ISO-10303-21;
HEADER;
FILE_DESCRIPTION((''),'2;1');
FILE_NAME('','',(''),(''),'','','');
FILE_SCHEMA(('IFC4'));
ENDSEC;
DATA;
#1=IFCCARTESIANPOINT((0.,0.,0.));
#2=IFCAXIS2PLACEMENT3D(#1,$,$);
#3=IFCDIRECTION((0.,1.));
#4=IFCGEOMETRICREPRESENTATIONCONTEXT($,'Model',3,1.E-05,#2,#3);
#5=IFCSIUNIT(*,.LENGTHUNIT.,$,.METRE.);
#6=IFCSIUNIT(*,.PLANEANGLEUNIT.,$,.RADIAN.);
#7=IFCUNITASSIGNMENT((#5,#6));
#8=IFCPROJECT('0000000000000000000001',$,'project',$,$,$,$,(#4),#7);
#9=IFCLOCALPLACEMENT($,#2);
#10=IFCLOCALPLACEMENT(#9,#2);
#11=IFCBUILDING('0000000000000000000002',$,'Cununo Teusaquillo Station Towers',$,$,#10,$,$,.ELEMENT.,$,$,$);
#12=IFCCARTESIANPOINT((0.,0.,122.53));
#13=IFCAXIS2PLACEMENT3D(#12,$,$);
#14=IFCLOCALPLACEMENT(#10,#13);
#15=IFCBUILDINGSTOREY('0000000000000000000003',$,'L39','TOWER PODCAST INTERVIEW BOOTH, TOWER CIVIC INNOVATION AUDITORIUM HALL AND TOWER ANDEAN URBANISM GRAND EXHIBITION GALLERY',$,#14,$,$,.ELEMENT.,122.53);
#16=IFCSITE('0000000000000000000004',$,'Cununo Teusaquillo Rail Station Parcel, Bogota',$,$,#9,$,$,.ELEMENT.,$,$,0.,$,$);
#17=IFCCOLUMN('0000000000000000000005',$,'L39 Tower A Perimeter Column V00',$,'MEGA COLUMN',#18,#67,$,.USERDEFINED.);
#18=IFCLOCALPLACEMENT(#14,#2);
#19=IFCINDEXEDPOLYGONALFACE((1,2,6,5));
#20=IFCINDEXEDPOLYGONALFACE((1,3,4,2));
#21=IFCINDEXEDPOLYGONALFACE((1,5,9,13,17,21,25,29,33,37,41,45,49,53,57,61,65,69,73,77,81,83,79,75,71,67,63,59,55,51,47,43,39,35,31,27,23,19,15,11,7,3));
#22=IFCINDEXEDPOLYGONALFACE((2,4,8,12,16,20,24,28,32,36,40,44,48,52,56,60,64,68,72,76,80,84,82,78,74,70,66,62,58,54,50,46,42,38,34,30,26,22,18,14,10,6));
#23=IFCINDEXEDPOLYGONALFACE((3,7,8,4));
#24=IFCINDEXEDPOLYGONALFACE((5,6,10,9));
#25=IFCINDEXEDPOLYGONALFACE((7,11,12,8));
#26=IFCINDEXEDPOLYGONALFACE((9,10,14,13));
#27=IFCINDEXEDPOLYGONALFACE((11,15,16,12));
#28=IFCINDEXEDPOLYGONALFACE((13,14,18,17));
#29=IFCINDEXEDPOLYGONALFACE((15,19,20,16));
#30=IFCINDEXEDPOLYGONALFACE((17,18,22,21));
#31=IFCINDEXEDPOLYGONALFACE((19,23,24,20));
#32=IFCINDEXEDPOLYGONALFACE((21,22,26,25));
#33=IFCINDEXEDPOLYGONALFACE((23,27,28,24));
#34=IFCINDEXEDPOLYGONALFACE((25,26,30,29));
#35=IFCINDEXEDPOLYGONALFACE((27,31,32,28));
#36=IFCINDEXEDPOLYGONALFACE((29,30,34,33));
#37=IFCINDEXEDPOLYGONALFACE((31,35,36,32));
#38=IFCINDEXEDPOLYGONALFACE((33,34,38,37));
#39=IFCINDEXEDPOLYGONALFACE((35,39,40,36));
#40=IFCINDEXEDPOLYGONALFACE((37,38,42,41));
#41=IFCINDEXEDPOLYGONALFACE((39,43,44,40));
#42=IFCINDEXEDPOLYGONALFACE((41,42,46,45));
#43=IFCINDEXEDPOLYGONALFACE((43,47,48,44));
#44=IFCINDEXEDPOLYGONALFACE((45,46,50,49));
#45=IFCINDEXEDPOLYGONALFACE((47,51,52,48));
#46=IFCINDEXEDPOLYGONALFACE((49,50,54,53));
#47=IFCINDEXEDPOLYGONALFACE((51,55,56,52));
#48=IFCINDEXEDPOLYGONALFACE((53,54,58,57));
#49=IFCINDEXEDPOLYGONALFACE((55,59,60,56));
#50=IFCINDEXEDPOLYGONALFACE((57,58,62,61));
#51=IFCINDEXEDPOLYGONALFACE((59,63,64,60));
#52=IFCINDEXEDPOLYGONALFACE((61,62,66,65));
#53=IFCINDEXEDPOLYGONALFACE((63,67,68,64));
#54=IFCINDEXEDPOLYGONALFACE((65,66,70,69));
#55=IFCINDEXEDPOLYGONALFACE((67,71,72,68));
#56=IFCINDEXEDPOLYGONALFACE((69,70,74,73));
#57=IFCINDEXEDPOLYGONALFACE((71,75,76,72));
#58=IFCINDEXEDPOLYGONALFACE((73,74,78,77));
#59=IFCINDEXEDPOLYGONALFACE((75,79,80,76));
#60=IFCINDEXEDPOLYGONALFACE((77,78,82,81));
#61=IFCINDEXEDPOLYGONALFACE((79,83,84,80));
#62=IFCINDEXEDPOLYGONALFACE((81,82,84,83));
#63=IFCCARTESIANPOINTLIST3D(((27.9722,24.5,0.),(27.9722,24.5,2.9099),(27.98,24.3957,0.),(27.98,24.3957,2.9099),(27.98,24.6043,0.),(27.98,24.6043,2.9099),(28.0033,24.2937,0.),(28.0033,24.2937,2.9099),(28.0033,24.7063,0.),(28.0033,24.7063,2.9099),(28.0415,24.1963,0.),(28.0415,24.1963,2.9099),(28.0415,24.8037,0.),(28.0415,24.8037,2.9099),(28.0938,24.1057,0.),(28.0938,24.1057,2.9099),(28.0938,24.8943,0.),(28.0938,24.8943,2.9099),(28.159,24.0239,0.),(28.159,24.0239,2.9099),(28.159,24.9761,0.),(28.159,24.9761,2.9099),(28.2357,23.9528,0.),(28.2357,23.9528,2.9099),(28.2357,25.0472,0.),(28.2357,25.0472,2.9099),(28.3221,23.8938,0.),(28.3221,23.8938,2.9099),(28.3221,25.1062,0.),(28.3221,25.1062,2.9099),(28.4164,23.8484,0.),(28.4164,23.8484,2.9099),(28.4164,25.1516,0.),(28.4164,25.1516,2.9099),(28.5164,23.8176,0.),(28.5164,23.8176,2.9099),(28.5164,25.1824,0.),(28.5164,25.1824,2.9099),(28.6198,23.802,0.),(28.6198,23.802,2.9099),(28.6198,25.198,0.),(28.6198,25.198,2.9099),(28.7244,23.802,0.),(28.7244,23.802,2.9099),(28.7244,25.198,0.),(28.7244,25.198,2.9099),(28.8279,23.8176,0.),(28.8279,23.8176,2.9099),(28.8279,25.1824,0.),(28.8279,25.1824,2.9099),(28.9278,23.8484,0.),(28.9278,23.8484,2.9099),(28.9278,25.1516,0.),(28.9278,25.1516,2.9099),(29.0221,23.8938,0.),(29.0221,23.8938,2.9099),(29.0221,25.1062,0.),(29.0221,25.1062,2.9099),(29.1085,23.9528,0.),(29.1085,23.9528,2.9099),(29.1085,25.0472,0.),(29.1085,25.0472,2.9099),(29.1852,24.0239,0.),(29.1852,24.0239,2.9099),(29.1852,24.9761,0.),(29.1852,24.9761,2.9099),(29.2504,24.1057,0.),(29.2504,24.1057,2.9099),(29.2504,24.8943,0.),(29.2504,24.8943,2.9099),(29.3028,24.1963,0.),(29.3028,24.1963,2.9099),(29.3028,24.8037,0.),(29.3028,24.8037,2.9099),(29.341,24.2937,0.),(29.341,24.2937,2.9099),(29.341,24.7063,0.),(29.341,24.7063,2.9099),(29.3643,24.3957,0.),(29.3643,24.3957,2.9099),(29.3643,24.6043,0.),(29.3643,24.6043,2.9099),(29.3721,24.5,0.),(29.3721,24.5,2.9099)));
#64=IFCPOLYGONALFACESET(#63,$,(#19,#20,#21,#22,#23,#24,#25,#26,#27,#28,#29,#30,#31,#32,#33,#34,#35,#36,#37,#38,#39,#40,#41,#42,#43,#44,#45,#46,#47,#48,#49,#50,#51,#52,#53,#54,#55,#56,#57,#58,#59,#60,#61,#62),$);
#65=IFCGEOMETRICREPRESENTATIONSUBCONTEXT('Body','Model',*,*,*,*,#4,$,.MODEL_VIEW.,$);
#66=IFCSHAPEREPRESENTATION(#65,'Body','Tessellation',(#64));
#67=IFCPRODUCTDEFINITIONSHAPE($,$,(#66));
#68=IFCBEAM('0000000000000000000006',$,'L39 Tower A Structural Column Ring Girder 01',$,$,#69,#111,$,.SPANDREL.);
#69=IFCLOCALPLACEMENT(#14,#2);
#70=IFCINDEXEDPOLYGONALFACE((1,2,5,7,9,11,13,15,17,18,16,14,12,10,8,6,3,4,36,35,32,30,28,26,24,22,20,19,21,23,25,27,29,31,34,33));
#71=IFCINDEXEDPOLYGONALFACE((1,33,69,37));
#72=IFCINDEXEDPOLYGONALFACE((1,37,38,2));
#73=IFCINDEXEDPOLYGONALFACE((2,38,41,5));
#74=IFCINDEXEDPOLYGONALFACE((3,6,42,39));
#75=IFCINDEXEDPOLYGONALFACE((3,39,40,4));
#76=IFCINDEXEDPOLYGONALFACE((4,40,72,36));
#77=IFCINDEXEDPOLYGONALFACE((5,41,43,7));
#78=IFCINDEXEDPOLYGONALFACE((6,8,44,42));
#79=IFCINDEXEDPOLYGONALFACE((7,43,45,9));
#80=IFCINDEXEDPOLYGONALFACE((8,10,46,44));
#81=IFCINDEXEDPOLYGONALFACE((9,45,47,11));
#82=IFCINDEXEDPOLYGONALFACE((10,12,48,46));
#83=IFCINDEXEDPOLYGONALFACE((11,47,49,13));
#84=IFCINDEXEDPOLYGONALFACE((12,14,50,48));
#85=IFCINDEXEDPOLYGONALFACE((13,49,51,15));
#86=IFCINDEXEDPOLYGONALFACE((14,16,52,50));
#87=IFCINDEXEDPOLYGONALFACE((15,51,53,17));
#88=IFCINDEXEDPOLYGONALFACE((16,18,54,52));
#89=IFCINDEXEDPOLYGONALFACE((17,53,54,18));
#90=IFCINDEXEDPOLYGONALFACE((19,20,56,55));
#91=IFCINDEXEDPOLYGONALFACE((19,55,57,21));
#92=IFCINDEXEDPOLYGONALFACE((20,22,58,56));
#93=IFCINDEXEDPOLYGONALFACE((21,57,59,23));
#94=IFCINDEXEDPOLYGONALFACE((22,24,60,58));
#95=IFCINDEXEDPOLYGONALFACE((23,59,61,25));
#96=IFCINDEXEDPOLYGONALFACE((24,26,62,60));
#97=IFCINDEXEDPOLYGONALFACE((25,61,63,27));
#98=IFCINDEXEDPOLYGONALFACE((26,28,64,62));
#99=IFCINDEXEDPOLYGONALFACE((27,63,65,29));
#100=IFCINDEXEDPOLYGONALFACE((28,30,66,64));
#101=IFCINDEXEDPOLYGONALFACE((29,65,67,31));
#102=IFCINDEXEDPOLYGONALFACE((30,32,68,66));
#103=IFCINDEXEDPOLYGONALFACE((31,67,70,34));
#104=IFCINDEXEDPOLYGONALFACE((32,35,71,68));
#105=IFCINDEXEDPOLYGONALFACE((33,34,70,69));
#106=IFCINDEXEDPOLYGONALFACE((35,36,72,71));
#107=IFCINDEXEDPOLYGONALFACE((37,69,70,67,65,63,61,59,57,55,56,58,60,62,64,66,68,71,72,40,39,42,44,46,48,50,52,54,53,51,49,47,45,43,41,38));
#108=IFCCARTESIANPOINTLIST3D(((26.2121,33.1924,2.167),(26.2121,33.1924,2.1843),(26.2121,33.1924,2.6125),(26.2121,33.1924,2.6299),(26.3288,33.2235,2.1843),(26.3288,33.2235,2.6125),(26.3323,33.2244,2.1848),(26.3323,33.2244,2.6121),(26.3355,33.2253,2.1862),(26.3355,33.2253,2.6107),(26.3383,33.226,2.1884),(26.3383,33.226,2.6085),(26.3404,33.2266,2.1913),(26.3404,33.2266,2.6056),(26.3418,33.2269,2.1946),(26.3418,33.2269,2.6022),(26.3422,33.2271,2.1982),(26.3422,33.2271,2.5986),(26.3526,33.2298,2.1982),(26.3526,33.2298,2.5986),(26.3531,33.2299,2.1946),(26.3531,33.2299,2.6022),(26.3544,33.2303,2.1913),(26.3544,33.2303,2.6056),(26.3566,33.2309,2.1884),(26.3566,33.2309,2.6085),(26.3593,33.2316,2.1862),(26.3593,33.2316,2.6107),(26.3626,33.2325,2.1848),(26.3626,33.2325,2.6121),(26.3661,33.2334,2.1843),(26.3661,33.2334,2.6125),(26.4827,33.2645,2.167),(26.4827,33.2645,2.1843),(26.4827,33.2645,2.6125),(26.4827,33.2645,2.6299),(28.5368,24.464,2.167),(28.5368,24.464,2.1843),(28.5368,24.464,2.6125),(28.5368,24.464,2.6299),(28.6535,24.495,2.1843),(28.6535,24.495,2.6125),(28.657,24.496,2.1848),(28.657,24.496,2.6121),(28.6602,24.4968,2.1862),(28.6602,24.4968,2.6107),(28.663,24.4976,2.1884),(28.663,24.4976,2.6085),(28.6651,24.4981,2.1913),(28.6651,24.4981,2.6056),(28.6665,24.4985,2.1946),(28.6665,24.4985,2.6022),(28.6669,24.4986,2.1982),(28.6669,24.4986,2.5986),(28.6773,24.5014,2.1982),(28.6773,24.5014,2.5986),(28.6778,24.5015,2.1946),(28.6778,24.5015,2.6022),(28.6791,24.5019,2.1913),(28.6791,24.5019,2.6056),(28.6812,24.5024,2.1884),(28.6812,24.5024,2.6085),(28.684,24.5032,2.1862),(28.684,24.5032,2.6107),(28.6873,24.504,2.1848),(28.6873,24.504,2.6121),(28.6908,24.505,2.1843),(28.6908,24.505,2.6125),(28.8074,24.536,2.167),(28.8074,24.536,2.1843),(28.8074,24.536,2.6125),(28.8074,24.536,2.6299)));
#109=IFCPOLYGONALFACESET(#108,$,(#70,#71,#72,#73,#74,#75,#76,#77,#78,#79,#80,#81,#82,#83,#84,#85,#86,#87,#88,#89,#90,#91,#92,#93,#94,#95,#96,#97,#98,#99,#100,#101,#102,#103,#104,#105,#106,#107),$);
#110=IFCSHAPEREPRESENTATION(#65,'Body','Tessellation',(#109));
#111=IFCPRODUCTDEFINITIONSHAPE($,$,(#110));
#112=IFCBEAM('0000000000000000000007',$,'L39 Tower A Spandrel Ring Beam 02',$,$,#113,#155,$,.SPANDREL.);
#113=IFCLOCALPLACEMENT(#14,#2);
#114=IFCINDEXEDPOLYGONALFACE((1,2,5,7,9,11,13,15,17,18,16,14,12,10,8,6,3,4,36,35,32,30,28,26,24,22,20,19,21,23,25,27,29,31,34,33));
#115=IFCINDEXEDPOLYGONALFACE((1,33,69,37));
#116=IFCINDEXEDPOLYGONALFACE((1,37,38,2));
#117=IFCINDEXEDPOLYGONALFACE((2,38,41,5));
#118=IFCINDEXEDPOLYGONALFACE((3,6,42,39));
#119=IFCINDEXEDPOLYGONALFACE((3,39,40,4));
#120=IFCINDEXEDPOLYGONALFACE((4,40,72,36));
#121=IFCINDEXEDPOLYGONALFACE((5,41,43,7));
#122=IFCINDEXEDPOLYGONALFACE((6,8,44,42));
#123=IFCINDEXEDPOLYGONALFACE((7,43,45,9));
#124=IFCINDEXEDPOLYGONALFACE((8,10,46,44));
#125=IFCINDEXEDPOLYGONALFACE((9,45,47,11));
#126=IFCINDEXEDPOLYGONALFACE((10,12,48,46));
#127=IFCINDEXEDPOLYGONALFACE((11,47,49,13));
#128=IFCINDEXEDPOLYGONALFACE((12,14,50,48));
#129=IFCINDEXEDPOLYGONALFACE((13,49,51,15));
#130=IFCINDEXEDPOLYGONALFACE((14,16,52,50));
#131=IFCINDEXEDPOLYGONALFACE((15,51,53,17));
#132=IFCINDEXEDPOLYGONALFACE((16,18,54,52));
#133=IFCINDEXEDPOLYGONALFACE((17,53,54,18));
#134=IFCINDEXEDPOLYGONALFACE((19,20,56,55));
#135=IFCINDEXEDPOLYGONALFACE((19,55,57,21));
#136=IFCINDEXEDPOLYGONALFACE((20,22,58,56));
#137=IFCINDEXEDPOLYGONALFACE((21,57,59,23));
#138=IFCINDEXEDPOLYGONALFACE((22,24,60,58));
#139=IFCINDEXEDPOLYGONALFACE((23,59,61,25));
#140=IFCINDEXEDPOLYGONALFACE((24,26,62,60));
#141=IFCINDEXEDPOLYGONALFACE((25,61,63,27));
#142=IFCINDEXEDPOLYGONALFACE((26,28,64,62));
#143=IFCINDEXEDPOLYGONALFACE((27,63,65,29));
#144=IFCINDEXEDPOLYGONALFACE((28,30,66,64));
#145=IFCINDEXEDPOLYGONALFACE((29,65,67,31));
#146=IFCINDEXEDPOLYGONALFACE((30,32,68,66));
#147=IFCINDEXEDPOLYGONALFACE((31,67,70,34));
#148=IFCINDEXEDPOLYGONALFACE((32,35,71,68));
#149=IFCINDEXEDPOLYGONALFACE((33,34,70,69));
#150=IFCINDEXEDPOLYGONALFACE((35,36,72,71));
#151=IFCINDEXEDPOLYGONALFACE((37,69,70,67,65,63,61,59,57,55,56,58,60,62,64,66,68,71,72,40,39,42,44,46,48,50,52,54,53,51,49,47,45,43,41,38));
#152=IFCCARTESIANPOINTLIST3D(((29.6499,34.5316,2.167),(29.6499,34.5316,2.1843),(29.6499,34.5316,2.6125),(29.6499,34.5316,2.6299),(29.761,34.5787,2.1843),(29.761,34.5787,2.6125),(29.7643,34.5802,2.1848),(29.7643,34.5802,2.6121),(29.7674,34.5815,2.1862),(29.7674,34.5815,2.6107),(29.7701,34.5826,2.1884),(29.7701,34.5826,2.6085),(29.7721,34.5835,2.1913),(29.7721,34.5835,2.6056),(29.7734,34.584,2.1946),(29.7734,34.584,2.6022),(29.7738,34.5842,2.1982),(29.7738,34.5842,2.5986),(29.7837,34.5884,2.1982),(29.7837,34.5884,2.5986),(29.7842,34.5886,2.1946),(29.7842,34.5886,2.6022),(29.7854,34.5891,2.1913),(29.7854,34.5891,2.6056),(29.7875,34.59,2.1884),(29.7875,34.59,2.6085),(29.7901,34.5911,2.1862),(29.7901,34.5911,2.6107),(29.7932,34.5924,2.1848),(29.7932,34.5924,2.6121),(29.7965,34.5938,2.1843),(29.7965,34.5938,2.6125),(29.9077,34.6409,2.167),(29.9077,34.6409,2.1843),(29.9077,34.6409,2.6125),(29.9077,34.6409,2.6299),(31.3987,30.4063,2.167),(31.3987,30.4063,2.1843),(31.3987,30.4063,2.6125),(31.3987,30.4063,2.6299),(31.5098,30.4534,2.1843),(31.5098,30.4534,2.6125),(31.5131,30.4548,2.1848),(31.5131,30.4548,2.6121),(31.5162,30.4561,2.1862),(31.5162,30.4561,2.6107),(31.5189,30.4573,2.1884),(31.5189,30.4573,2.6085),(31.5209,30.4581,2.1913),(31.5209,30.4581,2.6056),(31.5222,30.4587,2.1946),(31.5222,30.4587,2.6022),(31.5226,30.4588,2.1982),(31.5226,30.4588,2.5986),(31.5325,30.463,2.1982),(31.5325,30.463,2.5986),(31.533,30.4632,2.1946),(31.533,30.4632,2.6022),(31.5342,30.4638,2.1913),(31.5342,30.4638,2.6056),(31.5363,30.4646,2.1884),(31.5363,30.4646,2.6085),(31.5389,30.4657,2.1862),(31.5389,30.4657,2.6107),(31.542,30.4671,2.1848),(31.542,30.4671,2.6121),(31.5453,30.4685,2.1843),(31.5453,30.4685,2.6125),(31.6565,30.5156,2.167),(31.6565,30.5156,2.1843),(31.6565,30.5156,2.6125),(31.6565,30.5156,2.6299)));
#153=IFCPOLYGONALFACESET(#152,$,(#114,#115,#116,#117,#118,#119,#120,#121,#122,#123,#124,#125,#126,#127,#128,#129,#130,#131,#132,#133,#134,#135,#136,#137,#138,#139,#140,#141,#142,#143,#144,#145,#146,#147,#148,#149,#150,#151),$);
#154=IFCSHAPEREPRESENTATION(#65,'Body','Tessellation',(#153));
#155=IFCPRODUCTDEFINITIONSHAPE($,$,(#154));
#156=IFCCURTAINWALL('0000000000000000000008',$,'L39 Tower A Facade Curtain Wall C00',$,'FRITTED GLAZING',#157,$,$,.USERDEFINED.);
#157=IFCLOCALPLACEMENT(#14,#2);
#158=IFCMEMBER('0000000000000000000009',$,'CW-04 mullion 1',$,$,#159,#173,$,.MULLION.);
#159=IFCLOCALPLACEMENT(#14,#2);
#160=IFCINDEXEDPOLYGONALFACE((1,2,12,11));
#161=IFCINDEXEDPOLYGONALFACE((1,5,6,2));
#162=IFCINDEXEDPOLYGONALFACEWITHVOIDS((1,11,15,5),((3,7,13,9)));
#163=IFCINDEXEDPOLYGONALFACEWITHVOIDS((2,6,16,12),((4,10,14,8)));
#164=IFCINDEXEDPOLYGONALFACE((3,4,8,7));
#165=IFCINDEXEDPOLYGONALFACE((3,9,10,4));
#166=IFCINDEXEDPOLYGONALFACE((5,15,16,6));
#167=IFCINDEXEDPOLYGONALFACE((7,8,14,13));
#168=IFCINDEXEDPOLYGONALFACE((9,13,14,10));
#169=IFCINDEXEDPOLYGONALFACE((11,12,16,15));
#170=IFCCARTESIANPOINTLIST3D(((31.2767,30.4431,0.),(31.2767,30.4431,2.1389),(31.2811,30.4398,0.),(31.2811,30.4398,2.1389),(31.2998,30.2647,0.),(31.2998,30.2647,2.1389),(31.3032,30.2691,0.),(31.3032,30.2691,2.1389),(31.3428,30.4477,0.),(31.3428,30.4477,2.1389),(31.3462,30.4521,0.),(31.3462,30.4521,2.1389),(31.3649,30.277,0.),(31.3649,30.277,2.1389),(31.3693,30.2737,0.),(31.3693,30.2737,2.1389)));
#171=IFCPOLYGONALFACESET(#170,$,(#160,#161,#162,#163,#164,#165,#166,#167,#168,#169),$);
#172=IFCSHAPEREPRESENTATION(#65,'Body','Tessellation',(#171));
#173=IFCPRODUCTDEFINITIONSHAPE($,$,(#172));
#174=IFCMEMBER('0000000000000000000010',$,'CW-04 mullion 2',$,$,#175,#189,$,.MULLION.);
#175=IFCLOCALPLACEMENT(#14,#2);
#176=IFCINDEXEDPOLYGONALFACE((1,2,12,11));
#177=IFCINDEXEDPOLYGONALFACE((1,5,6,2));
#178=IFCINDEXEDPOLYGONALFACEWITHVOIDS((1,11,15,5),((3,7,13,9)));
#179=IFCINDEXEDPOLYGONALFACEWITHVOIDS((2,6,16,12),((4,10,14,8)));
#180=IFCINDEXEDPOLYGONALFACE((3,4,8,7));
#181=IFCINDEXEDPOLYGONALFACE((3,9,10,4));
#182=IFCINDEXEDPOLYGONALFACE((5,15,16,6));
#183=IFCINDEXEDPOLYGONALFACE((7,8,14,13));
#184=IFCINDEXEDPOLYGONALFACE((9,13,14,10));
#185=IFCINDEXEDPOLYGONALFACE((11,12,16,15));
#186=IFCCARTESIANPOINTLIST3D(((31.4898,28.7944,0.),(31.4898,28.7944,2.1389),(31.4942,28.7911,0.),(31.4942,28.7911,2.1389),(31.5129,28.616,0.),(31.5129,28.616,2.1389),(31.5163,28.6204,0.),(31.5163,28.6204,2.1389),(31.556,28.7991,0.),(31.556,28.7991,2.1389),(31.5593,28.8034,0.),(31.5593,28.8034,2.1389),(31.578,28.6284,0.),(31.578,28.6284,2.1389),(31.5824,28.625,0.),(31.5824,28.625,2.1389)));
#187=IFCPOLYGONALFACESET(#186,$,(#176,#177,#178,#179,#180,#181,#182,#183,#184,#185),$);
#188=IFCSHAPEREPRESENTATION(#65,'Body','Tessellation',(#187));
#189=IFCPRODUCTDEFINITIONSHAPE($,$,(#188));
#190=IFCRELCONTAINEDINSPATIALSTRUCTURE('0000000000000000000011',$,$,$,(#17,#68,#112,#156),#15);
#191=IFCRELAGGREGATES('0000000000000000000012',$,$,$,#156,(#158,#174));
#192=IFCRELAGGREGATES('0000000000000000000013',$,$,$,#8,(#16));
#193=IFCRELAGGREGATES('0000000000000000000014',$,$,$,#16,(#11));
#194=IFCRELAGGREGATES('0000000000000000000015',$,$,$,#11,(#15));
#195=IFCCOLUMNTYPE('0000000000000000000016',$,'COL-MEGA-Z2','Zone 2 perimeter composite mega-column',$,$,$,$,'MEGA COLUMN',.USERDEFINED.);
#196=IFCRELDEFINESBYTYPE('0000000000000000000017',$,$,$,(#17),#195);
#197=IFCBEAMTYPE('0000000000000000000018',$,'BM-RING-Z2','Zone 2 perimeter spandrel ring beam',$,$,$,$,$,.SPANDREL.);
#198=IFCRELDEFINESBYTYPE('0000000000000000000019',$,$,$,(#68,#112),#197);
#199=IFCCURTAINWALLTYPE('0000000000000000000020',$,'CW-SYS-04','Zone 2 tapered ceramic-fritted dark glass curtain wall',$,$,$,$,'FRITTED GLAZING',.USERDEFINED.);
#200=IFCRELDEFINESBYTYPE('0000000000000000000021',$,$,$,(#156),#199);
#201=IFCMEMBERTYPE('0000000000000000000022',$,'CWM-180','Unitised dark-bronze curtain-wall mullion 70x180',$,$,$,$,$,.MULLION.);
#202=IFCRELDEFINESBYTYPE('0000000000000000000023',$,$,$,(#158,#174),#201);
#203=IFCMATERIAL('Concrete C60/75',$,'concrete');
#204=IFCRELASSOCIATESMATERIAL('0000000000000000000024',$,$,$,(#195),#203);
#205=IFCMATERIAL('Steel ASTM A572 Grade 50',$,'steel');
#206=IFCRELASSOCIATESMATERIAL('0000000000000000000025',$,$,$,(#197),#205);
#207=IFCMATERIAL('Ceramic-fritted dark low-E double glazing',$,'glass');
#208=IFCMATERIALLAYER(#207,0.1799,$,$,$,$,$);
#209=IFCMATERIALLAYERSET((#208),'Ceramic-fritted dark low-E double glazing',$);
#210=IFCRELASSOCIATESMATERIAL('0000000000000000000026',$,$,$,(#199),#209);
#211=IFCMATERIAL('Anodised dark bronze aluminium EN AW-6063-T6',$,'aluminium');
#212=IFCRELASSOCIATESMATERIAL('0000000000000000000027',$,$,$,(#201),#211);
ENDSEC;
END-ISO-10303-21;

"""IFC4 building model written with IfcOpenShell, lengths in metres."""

from ifc_helpers import new_model, si_unit, direction, frame, origin, origin_2d, place, context, subcontext, project, spatial, hollow_rectangle, circle, i_section, extrude, material, layer, layer_set, material_profile, profile_set, type_object, element, aggregate, save


model = new_model("IFC4")

# Units and contexts
model_context = context("Model", 3, precision=1e-05, world=origin(), true_north=direction((0.0, 1.0)))
body_context = subcontext(model_context, "Body", "Model", "MODEL_VIEW")
ifc_project = project(units=[si_unit("LENGTHUNIT", "METRE"), si_unit("PLANEANGLEUNIT", "RADIAN")], contexts=[model_context])

# Site, building, storey
site_placement = place(None, origin())
site = spatial("IfcSite", under=ifc_project, at=site_placement, Name="Cununo Teusaquillo Rail Station Parcel, Bogota", CompositionType="ELEMENT", RefElevation=0.0)
building_placement = place(site_placement, origin())
building = spatial("IfcBuilding", under=site, at=building_placement, Name="Cununo Teusaquillo Station Towers", CompositionType="ELEMENT")
storey_placement = place(building_placement, frame((0.0, 0.0, 122.53)))
storey = spatial("IfcBuildingStorey", under=building, at=storey_placement, Name="L39", Description="TOWER PODCAST INTERVIEW BOOTH, TOWER CIVIC INNOVATION AUDITORIUM HALL AND TOWER ANDEAN URBANISM GRAND EXHIBITION GALLERY", CompositionType="ELEMENT", Elevation=122.53)

# Column
ifc_material_1 = material(Name="Concrete C60/75", Category="concrete")
ifc_material_profile_1 = material_profile(ifc_material_1, circle(Radius=0.7, at=origin_2d()), Name="RC-CIRC-1400")
ifc_profile_set_1 = profile_set([ifc_material_profile_1], Name="Concrete C60/75")
column_type = type_object("IfcColumnType", Name="COL-MEGA-Z2", Description="Zone 2 perimeter composite mega-column", ElementType="MEGA COLUMN", PredefinedType="USERDEFINED", material=ifc_profile_set_1)
column_placement = place(storey_placement, frame((28.6721, 24.5, 0.0), z_axis=(0.0, 0.0, 1.0), x_axis=(1.0, 0.0, 0.0)))
element("IfcColumn", 1, at=column_placement, inside=storey, type_object=column_type, Name="L39 Tower A Perimeter Column V00", ObjectType="MEGA COLUMN", PredefinedType="USERDEFINED", context=body_context, shape_type="SweptSolid", body=[
    extrude(circle(Radius=0.7, at=origin_2d()), origin(), (0.0, 0.0, 1.0), 2.9099),
])

# Beams
ifc_material_2 = material(Name="Steel ASTM A572 Grade 50", Category="steel")
ifc_material_profile_2 = material_profile(ifc_material_2, i_section(OverallWidth=0.28, OverallDepth=0.4629, WebThickness=0.0107, FlangeThickness=0.0173, FilletRadius=0.0139, at=origin_2d()), Name="W18X76")
ifc_profile_set_2 = profile_set([ifc_material_profile_2], Name="Steel ASTM A572 Grade 50")
beam_type = type_object("IfcBeamType", Name="BM-RING-Z2", Description="Zone 2 perimeter spandrel ring beam", PredefinedType="SPANDREL", material=ifc_profile_set_2)
beam_1_placement = place(storey_placement, frame((28.6721, 24.5, 2.3984), z_axis=(-0.257363, 0.966315, 0.0), x_axis=(-0.966315, -0.257363, 0.0)))
element("IfcBeam", 2, at=beam_1_placement, inside=storey, type_object=beam_type, Name="L39 Tower A Structural Column Ring Girder 01", PredefinedType="SPANDREL", context=body_context, shape_type="SweptSolid", body=[
    extrude(i_section(OverallWidth=0.28, OverallDepth=0.4629, WebThickness=0.0107, FlangeThickness=0.0173, FilletRadius=0.0139, at=origin_2d()), origin(), (0.0, 0.0, 1.0), 9.0327),
])
beam_2_placement = place(storey_placement, frame((31.5276, 30.4609, 2.3984), z_axis=(-0.390299, 0.920688, 0.0), x_axis=(-0.920688, -0.390299, 0.0)))
element("IfcBeam", 3, at=beam_2_placement, inside=storey, type_object=beam_type, Name="L39 Tower A Spandrel Ring Beam 02", PredefinedType="SPANDREL", context=body_context, shape_type="SweptSolid", body=[
    extrude(i_section(OverallWidth=0.28, OverallDepth=0.4629, WebThickness=0.0107, FlangeThickness=0.0173, FilletRadius=0.0139, at=origin_2d()), origin(), (0.0, 0.0, 1.0), 4.4807),
])

# Curtain wall, members
ifc_material_3 = material(Name="Ceramic-fritted dark low-E double glazing", Category="glass")
ifc_layer_1 = layer(ifc_material_3, 0.1799)
ifc_layer_set_1 = layer_set([ifc_layer_1], Name="Ceramic-fritted dark low-E double glazing")
curtain_wall_type = type_object("IfcCurtainWallType", Name="CW-SYS-04", Description="Zone 2 tapered ceramic-fritted dark glass curtain wall", ElementType="FRITTED GLAZING", PredefinedType="USERDEFINED", material=ifc_layer_set_1)
curtain_wall_placement = place(storey_placement, origin())
curtain_wall = element("IfcCurtainWall", 4, at=curtain_wall_placement, inside=storey, type_object=curtain_wall_type, Name="L39 Tower A Facade Curtain Wall C00", ObjectType="FRITTED GLAZING", PredefinedType="USERDEFINED")
ifc_material_4 = material(Name="Anodised dark bronze aluminium EN AW-6063-T6", Category="aluminium")
ifc_material_profile_3 = material_profile(ifc_material_4, hollow_rectangle(XDim=0.0701, YDim=0.1799, WallThickness=0.0039, at=origin_2d()), Name="CW-MULL-70x180")
ifc_profile_set_3 = profile_set([ifc_material_profile_3], Name="Anodised dark bronze aluminium EN AW-6063-T6")
member_type_1 = type_object("IfcMemberType", Name="CWM-180", Description="Unitised dark-bronze curtain-wall mullion 70x180", PredefinedType="MULLION", material=ifc_profile_set_3)
member_1_placement = place(storey_placement, frame((31.323, 30.3584, 0.0), z_axis=(0.0, 0.0, 1.0), x_axis=(0.991731, 0.128336, 0.0)))
member_1 = element("IfcMember", 5, at=member_1_placement, type_object=member_type_1, Name="CW-04 mullion 1", PredefinedType="MULLION", context=body_context, shape_type="SweptSolid", body=[
    extrude(hollow_rectangle(XDim=0.0701, YDim=0.1799, WallThickness=0.0039, at=origin_2d()), origin(), (0.0, 0.0, 1.0), 2.1389),
])
member_2_placement = place(storey_placement, frame((31.5361, 28.7097, 0.0), z_axis=(0.0, 0.0, 1.0), x_axis=(0.991731, 0.128336, 0.0)))
member_2 = element("IfcMember", 6, at=member_2_placement, type_object=member_type_1, Name="CW-04 mullion 2", PredefinedType="MULLION", context=body_context, shape_type="SweptSolid", body=[
    extrude(hollow_rectangle(XDim=0.0701, YDim=0.1799, WallThickness=0.0039, at=origin_2d()), origin(), (0.0, 0.0, 1.0), 2.1389),
])
aggregate(curtain_wall, [member_1, member_2])

save(model, "model.ifc")
